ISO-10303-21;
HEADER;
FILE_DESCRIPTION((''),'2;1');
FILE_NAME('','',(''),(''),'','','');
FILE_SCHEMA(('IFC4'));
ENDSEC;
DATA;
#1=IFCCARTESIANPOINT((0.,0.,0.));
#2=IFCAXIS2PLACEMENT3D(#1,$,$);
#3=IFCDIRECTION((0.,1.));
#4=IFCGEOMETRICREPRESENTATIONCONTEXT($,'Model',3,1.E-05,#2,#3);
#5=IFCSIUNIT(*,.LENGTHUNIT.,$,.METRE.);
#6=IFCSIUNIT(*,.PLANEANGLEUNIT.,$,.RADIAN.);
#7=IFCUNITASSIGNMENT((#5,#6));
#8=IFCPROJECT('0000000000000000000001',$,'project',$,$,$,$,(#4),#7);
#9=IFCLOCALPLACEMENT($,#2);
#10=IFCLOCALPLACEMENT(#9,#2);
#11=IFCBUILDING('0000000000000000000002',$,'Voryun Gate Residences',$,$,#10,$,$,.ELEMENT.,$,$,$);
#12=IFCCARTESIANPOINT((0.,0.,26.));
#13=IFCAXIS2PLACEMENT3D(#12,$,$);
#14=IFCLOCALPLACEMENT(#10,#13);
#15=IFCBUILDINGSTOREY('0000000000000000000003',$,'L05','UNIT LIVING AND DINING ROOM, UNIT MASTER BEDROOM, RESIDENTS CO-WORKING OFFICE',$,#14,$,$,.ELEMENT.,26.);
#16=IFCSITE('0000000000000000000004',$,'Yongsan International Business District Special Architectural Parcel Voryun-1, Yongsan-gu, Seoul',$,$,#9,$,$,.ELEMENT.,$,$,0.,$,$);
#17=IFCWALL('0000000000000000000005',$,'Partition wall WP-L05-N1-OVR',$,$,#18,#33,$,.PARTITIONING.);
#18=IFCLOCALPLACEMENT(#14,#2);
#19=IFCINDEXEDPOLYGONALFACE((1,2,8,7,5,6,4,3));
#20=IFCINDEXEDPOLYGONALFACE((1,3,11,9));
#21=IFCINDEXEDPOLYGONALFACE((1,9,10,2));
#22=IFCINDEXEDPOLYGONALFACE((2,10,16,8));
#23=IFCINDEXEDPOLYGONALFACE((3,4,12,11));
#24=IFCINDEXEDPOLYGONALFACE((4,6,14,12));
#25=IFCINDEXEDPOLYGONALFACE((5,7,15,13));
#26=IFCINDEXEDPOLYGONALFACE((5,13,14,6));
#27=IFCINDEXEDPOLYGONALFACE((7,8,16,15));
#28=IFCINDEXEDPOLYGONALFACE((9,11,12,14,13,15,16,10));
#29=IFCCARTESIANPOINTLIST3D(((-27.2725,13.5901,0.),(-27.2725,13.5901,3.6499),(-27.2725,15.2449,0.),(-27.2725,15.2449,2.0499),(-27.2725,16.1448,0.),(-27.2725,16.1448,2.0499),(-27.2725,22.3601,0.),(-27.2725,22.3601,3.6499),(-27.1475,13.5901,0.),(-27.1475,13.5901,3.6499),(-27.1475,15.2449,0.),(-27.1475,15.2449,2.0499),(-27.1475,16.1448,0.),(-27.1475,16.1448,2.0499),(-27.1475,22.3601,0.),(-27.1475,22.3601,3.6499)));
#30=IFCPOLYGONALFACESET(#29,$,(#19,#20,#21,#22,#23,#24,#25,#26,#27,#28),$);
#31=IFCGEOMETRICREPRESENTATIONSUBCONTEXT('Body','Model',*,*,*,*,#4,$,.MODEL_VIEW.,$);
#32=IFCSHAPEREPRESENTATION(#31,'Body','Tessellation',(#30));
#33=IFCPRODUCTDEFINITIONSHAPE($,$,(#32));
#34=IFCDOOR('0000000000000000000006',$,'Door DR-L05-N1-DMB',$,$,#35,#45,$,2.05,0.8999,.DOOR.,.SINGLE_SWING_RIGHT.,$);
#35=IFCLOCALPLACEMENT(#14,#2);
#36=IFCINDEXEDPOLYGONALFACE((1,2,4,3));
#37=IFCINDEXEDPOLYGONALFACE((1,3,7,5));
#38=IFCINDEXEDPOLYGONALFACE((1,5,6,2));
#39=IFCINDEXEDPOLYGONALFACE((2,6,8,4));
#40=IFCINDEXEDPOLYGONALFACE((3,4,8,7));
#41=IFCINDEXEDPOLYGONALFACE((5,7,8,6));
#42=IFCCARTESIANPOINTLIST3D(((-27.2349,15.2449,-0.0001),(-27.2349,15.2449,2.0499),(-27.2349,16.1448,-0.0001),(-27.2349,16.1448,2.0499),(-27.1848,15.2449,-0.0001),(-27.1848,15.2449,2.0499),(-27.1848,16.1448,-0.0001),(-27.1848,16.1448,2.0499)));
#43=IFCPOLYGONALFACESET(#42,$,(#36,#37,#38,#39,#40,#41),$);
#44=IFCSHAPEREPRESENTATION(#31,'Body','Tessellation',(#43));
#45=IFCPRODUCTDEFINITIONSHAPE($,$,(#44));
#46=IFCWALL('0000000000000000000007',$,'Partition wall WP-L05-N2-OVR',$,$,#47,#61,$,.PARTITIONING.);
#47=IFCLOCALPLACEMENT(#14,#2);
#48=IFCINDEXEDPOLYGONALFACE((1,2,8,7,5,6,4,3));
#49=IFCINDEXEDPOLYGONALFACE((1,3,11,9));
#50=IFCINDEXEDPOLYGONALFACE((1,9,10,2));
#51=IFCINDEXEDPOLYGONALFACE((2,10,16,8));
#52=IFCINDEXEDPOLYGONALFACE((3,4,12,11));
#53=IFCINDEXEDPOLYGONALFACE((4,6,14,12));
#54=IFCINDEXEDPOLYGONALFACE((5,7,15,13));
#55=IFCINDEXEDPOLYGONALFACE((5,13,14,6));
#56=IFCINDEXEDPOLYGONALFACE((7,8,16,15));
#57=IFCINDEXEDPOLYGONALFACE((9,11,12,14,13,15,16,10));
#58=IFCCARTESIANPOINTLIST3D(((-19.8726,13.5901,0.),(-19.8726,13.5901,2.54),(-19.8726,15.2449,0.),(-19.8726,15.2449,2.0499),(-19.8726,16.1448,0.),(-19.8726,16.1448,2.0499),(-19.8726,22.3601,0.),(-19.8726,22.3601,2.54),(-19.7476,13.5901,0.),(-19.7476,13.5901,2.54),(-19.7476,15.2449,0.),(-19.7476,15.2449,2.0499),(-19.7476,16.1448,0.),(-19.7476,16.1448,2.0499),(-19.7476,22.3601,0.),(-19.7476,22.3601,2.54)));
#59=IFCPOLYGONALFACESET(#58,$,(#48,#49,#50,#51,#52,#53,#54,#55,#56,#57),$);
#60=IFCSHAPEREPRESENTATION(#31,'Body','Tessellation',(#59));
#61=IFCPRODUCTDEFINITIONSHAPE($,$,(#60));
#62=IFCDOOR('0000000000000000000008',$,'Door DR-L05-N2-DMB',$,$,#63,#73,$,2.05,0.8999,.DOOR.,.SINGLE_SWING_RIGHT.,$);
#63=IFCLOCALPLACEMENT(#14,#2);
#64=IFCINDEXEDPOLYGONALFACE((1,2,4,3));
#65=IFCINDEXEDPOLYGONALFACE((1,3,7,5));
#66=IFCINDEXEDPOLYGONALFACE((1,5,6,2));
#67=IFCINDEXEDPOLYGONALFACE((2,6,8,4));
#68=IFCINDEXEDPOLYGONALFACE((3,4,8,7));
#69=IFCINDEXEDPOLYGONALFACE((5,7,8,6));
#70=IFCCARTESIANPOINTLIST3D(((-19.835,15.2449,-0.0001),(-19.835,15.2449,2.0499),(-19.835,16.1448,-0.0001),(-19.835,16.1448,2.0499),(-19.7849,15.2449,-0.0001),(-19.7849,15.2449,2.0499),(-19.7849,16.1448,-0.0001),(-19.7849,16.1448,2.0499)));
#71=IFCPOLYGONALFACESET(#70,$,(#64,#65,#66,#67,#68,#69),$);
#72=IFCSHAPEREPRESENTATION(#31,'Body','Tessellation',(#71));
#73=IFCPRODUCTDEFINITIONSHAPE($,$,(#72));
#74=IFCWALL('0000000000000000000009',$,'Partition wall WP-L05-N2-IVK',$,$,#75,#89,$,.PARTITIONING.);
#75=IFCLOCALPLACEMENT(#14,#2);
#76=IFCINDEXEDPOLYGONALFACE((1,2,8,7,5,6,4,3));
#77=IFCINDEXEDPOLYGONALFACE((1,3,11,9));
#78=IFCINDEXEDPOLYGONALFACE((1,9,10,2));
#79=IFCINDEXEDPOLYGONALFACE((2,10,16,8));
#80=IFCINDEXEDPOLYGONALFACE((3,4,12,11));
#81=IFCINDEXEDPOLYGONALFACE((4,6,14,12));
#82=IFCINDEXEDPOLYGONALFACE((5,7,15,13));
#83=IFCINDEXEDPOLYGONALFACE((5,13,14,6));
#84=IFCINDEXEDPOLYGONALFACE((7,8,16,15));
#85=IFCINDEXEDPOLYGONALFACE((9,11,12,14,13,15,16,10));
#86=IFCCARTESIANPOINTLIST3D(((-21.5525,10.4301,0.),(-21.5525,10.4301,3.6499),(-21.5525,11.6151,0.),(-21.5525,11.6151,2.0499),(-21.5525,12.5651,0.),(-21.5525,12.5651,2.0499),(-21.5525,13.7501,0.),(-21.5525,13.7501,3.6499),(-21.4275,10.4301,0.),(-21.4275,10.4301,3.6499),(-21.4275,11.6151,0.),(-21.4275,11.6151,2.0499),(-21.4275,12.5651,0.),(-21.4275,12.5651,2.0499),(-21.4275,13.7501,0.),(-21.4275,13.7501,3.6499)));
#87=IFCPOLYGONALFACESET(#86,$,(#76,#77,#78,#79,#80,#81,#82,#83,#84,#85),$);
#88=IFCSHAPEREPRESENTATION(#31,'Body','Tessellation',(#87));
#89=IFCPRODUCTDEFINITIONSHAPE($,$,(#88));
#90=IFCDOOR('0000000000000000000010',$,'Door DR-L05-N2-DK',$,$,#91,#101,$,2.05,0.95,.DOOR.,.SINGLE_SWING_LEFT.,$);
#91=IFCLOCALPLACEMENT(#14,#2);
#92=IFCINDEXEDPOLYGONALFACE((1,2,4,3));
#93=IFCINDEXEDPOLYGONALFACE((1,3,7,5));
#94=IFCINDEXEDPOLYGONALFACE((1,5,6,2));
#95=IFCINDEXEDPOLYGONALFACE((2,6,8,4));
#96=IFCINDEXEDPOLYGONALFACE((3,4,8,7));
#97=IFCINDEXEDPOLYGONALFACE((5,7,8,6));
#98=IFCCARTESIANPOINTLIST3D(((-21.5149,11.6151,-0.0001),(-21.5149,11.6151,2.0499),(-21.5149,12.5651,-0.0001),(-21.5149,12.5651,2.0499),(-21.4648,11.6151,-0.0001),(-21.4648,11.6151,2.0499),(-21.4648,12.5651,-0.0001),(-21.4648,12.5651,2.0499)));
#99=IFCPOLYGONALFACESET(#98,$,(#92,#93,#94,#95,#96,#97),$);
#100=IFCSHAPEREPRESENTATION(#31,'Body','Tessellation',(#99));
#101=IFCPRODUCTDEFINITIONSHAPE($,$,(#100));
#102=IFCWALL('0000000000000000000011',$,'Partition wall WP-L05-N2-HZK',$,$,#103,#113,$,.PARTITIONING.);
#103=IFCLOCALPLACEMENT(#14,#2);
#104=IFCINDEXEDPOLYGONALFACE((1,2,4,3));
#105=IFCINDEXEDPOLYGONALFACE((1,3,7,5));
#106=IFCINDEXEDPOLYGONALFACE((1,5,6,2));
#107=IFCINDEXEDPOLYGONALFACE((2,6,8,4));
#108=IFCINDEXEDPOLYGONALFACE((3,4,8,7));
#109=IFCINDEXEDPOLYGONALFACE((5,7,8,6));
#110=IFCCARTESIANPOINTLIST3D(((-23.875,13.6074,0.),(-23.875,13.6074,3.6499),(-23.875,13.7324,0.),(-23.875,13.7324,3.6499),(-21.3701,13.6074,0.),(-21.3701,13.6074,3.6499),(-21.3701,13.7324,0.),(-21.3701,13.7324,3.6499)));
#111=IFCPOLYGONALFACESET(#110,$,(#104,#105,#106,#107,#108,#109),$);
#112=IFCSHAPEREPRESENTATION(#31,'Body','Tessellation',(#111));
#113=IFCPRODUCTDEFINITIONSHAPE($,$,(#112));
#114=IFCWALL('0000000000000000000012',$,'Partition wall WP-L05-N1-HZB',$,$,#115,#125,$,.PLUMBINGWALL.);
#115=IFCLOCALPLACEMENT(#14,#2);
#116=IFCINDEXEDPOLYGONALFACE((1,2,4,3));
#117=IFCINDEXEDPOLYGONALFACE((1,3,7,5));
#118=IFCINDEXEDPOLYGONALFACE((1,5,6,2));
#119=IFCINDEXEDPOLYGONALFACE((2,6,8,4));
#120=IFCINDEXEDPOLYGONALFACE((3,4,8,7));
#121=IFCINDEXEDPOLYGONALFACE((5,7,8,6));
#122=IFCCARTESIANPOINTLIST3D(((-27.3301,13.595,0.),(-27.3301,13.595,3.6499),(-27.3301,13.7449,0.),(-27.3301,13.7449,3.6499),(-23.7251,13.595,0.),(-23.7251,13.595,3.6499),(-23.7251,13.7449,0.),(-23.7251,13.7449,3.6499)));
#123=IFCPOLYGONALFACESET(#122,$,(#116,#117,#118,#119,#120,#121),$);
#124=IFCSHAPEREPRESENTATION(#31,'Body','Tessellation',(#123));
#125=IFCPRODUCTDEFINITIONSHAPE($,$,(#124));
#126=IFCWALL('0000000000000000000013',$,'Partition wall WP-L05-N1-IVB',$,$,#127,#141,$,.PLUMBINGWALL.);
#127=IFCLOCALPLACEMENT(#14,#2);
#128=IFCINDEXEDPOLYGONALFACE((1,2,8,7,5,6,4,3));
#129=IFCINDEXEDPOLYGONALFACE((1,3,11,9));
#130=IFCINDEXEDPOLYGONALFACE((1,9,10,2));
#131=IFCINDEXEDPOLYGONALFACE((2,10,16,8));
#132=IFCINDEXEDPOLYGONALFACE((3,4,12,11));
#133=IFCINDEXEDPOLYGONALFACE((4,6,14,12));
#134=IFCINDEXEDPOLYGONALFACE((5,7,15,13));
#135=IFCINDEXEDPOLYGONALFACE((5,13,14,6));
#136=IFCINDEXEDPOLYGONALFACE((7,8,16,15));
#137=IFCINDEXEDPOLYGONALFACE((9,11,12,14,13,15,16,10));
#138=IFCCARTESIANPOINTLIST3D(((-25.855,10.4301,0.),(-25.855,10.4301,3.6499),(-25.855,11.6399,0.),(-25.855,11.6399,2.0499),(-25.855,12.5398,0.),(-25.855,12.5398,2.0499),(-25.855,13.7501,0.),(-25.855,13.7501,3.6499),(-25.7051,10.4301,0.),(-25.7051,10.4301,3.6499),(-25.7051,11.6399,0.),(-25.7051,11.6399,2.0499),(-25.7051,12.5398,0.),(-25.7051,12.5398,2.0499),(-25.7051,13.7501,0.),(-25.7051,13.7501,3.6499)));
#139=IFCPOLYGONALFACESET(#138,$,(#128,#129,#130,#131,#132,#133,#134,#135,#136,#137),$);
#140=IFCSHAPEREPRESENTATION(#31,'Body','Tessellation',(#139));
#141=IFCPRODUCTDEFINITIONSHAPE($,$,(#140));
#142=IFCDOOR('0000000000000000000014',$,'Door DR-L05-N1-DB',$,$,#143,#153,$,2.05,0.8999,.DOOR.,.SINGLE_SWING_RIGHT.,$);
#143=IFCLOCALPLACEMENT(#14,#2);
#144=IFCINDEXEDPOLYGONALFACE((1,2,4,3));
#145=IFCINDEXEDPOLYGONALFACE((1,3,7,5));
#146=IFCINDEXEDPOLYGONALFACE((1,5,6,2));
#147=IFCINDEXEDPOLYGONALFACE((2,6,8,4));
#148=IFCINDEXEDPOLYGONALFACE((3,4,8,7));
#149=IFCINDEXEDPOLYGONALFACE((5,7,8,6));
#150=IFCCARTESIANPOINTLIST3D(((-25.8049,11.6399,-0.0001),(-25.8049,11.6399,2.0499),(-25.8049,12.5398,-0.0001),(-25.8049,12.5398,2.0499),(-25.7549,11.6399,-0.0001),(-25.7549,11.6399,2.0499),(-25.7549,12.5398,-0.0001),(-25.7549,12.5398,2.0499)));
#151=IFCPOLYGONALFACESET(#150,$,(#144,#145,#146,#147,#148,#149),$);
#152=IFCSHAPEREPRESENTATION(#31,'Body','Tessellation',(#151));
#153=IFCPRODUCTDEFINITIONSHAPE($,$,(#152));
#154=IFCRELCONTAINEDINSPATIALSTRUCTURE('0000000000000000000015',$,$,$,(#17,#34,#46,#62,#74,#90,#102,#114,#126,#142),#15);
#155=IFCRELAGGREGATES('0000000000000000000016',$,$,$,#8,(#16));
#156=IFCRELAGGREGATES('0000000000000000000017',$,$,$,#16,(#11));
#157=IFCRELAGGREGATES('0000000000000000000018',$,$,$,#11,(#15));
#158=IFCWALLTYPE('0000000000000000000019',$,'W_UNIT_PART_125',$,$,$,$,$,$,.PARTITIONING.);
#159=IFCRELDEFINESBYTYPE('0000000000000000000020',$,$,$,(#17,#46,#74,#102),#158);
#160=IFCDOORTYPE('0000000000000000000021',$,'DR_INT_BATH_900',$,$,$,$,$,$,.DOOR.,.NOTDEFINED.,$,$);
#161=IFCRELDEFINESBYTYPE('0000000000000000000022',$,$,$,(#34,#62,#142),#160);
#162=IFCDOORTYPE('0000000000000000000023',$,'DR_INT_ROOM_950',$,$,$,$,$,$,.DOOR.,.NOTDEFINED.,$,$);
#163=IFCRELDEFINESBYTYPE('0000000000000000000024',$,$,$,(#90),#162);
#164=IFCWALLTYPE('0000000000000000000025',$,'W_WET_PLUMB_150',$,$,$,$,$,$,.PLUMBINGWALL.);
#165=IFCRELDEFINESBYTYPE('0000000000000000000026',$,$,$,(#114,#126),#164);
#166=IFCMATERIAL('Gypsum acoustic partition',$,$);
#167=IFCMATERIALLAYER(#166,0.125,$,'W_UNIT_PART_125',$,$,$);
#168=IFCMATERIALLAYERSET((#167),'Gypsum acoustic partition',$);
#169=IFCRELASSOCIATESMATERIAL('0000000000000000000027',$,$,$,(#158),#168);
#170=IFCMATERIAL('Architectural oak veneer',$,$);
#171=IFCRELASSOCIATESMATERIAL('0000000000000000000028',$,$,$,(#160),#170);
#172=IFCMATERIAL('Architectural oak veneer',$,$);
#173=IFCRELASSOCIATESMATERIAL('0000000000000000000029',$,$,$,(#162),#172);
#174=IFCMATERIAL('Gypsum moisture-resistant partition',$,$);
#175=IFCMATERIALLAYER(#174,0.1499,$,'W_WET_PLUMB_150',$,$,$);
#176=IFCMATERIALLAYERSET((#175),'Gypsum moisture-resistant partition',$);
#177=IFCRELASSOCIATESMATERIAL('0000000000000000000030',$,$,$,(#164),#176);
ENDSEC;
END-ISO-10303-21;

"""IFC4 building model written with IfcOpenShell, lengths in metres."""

from ifc_helpers import new_model, si_unit, direction, frame, frame_2d, origin, place, context, subcontext, project, spatial, rectangle, extrude, material, layer, layer_set, type_object, element, fill, save


model = new_model("IFC4")

# Units and contexts
model_context = context("Model", 3, precision=1e-05, world=origin(), true_north=direction((0.0, 1.0)))
body_context = subcontext(model_context, "Body", "Model", "MODEL_VIEW")
ifc_project = project(units=[si_unit("LENGTHUNIT", "METRE"), si_unit("PLANEANGLEUNIT", "RADIAN")], contexts=[model_context])

# Site, building, storey
site_placement = place(None, origin())
site = spatial("IfcSite", under=ifc_project, at=site_placement, Name="Yongsan International Business District Special Architectural Parcel Voryun-1, Yongsan-gu, Seoul", CompositionType="ELEMENT", RefElevation=0.0)
building_placement = place(site_placement, origin())
building = spatial("IfcBuilding", under=site, at=building_placement, Name="Voryun Gate Residences", CompositionType="ELEMENT")
storey_placement = place(building_placement, frame((0.0, 0.0, 26.0)))
storey = spatial("IfcBuildingStorey", under=building, at=storey_placement, Name="L05", Description="UNIT LIVING AND DINING ROOM, UNIT MASTER BEDROOM, RESIDENTS CO-WORKING OFFICE", CompositionType="ELEMENT", Elevation=26.0)

# Walls, openings, doors
ifc_material_1 = material(Name="Gypsum acoustic partition")
ifc_layer_1 = layer(ifc_material_1, 0.125, Name="W_UNIT_PART_125")
ifc_layer_set_1 = layer_set([ifc_layer_1], Name="Gypsum acoustic partition")
wall_type_1 = type_object("IfcWallType", Name="W_UNIT_PART_125", PredefinedType="PARTITIONING", material=ifc_layer_set_1)
wall_1_placement = place(storey_placement, frame((-27.21, 13.5901, 0.0), z_axis=(0.0, 0.0, 1.0), x_axis=(0.0, 1.0, 0.0)))
wall_1 = element("IfcWall", 1, at=wall_1_placement, inside=storey, type_object=wall_type_1, Name="Partition wall WP-L05-N1-OVR", PredefinedType="PARTITIONING", context=body_context, shape_type="SweptSolid", body=[
    extrude(rectangle(XDim=8.77, YDim=0.125, at=frame_2d((4.385, 0.0))), origin(), (0.0, 0.0, 1.0), 3.6499),
])
opening_1_placement = place(wall_1_placement, frame((1.6548, 0.0, 0.0)))
opening_1 = element("IfcOpeningElement", 2, at=opening_1_placement, cuts=wall_1, PredefinedType="OPENING", context=body_context, shape_type="SweptSolid", body=[
    extrude(rectangle(XDim=0.8999, YDim=2.05, at=frame_2d((0.45, 1.0249))), frame((0.0, 0.0725, 0.0), z_axis=(0.0, -1.0, 0.0), x_axis=(1.0, 0.0, 0.0)), (0.0, 0.0, 1.0), 0.145),
])
ifc_material_2 = material(Name="Architectural oak veneer")
door_type_1 = type_object("IfcDoorType", Name="DR_INT_BATH_900", OperationType="NOTDEFINED", PredefinedType="DOOR", material=ifc_material_2)
door_1_placement = place(opening_1_placement, origin())
door_1 = element("IfcDoor", 3, at=door_1_placement, inside=storey, type_object=door_type_1, Name="Door DR-L05-N1-DMB", OperationType="SINGLE_SWING_RIGHT", OverallHeight=2.05, OverallWidth=0.8999, PredefinedType="DOOR", context=body_context, shape_type="SweptSolid", body=[
    extrude(rectangle(XDim=0.8999, YDim=2.05, at=frame_2d((0.45, 1.0249))), frame((0.0, 0.0249, 0.0), z_axis=(0.0, -1.0, 0.0), x_axis=(1.0, 0.0, 0.0)), (0.0, 0.0, 1.0), 0.05),
])
fill(opening_1, door_1)
wall_2_placement = place(storey_placement, frame((-19.8101, 13.5901, 0.0), z_axis=(0.0, 0.0, 1.0), x_axis=(0.0, 1.0, 0.0)))
wall_2 = element("IfcWall", 4, at=wall_2_placement, inside=storey, type_object=wall_type_1, Name="Partition wall WP-L05-N2-OVR", PredefinedType="PARTITIONING", context=body_context, shape_type="SweptSolid", body=[
    extrude(rectangle(XDim=8.77, YDim=0.125, at=frame_2d((4.385, 0.0))), origin(), (0.0, 0.0, 1.0), 2.54),
])
opening_2_placement = place(wall_2_placement, frame((1.6548, 0.0, 0.0)))
opening_2 = element("IfcOpeningElement", 5, at=opening_2_placement, cuts=wall_2, PredefinedType="OPENING", context=body_context, shape_type="SweptSolid", body=[
    extrude(rectangle(XDim=0.8999, YDim=2.05, at=frame_2d((0.45, 1.0249))), frame((0.0, 0.0725, 0.0), z_axis=(0.0, -1.0, 0.0), x_axis=(1.0, 0.0, 0.0)), (0.0, 0.0, 1.0), 0.145),
])
door_2_placement = place(opening_2_placement, origin())
door_2 = element("IfcDoor", 6, at=door_2_placement, inside=storey, type_object=door_type_1, Name="Door DR-L05-N2-DMB", OperationType="SINGLE_SWING_RIGHT", OverallHeight=2.05, OverallWidth=0.8999, PredefinedType="DOOR", context=body_context, shape_type="SweptSolid", body=[
    extrude(rectangle(XDim=0.8999, YDim=2.05, at=frame_2d((0.45, 1.0249))), frame((0.0, 0.0249, 0.0), z_axis=(0.0, -1.0, 0.0), x_axis=(1.0, 0.0, 0.0)), (0.0, 0.0, 1.0), 0.05),
])
fill(opening_2, door_2)
wall_3_placement = place(storey_placement, frame((-21.49, 10.4299, 0.0), z_axis=(0.0, 0.0, 1.0), x_axis=(0.0, 1.0, 0.0)))
wall_3 = element("IfcWall", 7, at=wall_3_placement, inside=storey, type_object=wall_type_1, Name="Partition wall WP-L05-N2-IVK", PredefinedType="PARTITIONING", context=body_context, shape_type="SweptSolid", body=[
    extrude(rectangle(XDim=3.3201, YDim=0.125, at=frame_2d((1.6602, 0.0))), origin(), (0.0, 0.0, 1.0), 3.6499),
])
opening_3_placement = place(wall_3_placement, frame((1.1851, 0.0, 0.0)))
opening_3 = element("IfcOpeningElement", 8, at=opening_3_placement, cuts=wall_3, PredefinedType="OPENING", context=body_context, shape_type="SweptSolid", body=[
    extrude(rectangle(XDim=0.95, YDim=2.05, at=frame_2d((0.4751, 1.0249))), frame((0.0, 0.0725, 0.0), z_axis=(0.0, -1.0, 0.0), x_axis=(1.0, 0.0, 0.0)), (0.0, 0.0, 1.0), 0.145),
])
ifc_material_3 = material(Name="Architectural oak veneer")
door_type_2 = type_object("IfcDoorType", Name="DR_INT_ROOM_950", OperationType="NOTDEFINED", PredefinedType="DOOR", material=ifc_material_3)
door_3_placement = place(opening_3_placement, origin())
door_3 = element("IfcDoor", 9, at=door_3_placement, inside=storey, type_object=door_type_2, Name="Door DR-L05-N2-DK", OperationType="SINGLE_SWING_LEFT", OverallHeight=2.05, OverallWidth=0.95, PredefinedType="DOOR", context=body_context, shape_type="SweptSolid", body=[
    extrude(rectangle(XDim=0.95, YDim=2.05, at=frame_2d((0.4751, 1.0249))), frame((0.0, 0.0249, 0.0), z_axis=(0.0, -1.0, 0.0), x_axis=(1.0, 0.0, 0.0)), (0.0, 0.0, 1.0), 0.05),
])
fill(opening_3, door_3)

# Walls
wall_4_placement = place(storey_placement, frame((-23.875, 13.6699, 0.0), z_axis=(0.0, 0.0, 1.0), x_axis=(1.0, 0.0, 0.0)))
element("IfcWall", 10, at=wall_4_placement, inside=storey, type_object=wall_type_1, Name="Partition wall WP-L05-N2-HZK", PredefinedType="PARTITIONING", context=body_context, shape_type="SweptSolid", body=[
    extrude(rectangle(XDim=2.5049, YDim=0.125, at=frame_2d((1.2524, 0.0))), origin(), (0.0, 0.0, 1.0), 3.6499),
])
ifc_material_4 = material(Name="Gypsum moisture-resistant partition")
ifc_layer_2 = layer(ifc_material_4, 0.1499, Name="W_WET_PLUMB_150")
ifc_layer_set_2 = layer_set([ifc_layer_2], Name="Gypsum moisture-resistant partition")
wall_type_2 = type_object("IfcWallType", Name="W_WET_PLUMB_150", PredefinedType="PLUMBINGWALL", material=ifc_layer_set_2)
wall_5_placement = place(storey_placement, frame((-27.3301, 13.6699, 0.0), z_axis=(0.0, 0.0, 1.0), x_axis=(1.0, 0.0, 0.0)))
element("IfcWall", 11, at=wall_5_placement, inside=storey, type_object=wall_type_2, Name="Partition wall WP-L05-N1-HZB", PredefinedType="PLUMBINGWALL", context=body_context, shape_type="SweptSolid", body=[
    extrude(rectangle(XDim=3.605, YDim=0.1499, at=frame_2d((1.8025, 0.0))), origin(), (0.0, 0.0, 1.0), 3.6499),
])

# Wall, opening, door
wall_6_placement = place(storey_placement, frame((-25.78, 10.4299, 0.0), z_axis=(0.0, 0.0, 1.0), x_axis=(0.0, 1.0, 0.0)))
wall_6 = element("IfcWall", 12, at=wall_6_placement, inside=storey, type_object=wall_type_2, Name="Partition wall WP-L05-N1-IVB", PredefinedType="PLUMBINGWALL", context=body_context, shape_type="SweptSolid", body=[
    extrude(rectangle(XDim=3.3201, YDim=0.1499, at=frame_2d((1.6602, 0.0))), origin(), (0.0, 0.0, 1.0), 3.6499),
])
opening_4_placement = place(wall_6_placement, frame((1.21, 0.0, 0.0)))
opening_4 = element("IfcOpeningElement", 13, at=opening_4_placement, cuts=wall_6, PredefinedType="OPENING", context=body_context, shape_type="SweptSolid", body=[
    extrude(rectangle(XDim=0.8999, YDim=2.05, at=frame_2d((0.45, 1.0249))), frame((0.0, 0.085, 0.0), z_axis=(0.0, -1.0, 0.0), x_axis=(1.0, 0.0, 0.0)), (0.0, 0.0, 1.0), 0.1699),
])
door_4_placement = place(opening_4_placement, origin())
door_4 = element("IfcDoor", 14, at=door_4_placement, inside=storey, type_object=door_type_1, Name="Door DR-L05-N1-DB", OperationType="SINGLE_SWING_RIGHT", OverallHeight=2.05, OverallWidth=0.8999, PredefinedType="DOOR", context=body_context, shape_type="SweptSolid", body=[
    extrude(rectangle(XDim=0.8999, YDim=2.05, at=frame_2d((0.45, 1.0249))), frame((0.0, 0.0249, 0.0), z_axis=(0.0, -1.0, 0.0), x_axis=(1.0, 0.0, 0.0)), (0.0, 0.0, 1.0), 0.05),
])
fill(opening_4, door_4)

save(model, "model.ifc")
